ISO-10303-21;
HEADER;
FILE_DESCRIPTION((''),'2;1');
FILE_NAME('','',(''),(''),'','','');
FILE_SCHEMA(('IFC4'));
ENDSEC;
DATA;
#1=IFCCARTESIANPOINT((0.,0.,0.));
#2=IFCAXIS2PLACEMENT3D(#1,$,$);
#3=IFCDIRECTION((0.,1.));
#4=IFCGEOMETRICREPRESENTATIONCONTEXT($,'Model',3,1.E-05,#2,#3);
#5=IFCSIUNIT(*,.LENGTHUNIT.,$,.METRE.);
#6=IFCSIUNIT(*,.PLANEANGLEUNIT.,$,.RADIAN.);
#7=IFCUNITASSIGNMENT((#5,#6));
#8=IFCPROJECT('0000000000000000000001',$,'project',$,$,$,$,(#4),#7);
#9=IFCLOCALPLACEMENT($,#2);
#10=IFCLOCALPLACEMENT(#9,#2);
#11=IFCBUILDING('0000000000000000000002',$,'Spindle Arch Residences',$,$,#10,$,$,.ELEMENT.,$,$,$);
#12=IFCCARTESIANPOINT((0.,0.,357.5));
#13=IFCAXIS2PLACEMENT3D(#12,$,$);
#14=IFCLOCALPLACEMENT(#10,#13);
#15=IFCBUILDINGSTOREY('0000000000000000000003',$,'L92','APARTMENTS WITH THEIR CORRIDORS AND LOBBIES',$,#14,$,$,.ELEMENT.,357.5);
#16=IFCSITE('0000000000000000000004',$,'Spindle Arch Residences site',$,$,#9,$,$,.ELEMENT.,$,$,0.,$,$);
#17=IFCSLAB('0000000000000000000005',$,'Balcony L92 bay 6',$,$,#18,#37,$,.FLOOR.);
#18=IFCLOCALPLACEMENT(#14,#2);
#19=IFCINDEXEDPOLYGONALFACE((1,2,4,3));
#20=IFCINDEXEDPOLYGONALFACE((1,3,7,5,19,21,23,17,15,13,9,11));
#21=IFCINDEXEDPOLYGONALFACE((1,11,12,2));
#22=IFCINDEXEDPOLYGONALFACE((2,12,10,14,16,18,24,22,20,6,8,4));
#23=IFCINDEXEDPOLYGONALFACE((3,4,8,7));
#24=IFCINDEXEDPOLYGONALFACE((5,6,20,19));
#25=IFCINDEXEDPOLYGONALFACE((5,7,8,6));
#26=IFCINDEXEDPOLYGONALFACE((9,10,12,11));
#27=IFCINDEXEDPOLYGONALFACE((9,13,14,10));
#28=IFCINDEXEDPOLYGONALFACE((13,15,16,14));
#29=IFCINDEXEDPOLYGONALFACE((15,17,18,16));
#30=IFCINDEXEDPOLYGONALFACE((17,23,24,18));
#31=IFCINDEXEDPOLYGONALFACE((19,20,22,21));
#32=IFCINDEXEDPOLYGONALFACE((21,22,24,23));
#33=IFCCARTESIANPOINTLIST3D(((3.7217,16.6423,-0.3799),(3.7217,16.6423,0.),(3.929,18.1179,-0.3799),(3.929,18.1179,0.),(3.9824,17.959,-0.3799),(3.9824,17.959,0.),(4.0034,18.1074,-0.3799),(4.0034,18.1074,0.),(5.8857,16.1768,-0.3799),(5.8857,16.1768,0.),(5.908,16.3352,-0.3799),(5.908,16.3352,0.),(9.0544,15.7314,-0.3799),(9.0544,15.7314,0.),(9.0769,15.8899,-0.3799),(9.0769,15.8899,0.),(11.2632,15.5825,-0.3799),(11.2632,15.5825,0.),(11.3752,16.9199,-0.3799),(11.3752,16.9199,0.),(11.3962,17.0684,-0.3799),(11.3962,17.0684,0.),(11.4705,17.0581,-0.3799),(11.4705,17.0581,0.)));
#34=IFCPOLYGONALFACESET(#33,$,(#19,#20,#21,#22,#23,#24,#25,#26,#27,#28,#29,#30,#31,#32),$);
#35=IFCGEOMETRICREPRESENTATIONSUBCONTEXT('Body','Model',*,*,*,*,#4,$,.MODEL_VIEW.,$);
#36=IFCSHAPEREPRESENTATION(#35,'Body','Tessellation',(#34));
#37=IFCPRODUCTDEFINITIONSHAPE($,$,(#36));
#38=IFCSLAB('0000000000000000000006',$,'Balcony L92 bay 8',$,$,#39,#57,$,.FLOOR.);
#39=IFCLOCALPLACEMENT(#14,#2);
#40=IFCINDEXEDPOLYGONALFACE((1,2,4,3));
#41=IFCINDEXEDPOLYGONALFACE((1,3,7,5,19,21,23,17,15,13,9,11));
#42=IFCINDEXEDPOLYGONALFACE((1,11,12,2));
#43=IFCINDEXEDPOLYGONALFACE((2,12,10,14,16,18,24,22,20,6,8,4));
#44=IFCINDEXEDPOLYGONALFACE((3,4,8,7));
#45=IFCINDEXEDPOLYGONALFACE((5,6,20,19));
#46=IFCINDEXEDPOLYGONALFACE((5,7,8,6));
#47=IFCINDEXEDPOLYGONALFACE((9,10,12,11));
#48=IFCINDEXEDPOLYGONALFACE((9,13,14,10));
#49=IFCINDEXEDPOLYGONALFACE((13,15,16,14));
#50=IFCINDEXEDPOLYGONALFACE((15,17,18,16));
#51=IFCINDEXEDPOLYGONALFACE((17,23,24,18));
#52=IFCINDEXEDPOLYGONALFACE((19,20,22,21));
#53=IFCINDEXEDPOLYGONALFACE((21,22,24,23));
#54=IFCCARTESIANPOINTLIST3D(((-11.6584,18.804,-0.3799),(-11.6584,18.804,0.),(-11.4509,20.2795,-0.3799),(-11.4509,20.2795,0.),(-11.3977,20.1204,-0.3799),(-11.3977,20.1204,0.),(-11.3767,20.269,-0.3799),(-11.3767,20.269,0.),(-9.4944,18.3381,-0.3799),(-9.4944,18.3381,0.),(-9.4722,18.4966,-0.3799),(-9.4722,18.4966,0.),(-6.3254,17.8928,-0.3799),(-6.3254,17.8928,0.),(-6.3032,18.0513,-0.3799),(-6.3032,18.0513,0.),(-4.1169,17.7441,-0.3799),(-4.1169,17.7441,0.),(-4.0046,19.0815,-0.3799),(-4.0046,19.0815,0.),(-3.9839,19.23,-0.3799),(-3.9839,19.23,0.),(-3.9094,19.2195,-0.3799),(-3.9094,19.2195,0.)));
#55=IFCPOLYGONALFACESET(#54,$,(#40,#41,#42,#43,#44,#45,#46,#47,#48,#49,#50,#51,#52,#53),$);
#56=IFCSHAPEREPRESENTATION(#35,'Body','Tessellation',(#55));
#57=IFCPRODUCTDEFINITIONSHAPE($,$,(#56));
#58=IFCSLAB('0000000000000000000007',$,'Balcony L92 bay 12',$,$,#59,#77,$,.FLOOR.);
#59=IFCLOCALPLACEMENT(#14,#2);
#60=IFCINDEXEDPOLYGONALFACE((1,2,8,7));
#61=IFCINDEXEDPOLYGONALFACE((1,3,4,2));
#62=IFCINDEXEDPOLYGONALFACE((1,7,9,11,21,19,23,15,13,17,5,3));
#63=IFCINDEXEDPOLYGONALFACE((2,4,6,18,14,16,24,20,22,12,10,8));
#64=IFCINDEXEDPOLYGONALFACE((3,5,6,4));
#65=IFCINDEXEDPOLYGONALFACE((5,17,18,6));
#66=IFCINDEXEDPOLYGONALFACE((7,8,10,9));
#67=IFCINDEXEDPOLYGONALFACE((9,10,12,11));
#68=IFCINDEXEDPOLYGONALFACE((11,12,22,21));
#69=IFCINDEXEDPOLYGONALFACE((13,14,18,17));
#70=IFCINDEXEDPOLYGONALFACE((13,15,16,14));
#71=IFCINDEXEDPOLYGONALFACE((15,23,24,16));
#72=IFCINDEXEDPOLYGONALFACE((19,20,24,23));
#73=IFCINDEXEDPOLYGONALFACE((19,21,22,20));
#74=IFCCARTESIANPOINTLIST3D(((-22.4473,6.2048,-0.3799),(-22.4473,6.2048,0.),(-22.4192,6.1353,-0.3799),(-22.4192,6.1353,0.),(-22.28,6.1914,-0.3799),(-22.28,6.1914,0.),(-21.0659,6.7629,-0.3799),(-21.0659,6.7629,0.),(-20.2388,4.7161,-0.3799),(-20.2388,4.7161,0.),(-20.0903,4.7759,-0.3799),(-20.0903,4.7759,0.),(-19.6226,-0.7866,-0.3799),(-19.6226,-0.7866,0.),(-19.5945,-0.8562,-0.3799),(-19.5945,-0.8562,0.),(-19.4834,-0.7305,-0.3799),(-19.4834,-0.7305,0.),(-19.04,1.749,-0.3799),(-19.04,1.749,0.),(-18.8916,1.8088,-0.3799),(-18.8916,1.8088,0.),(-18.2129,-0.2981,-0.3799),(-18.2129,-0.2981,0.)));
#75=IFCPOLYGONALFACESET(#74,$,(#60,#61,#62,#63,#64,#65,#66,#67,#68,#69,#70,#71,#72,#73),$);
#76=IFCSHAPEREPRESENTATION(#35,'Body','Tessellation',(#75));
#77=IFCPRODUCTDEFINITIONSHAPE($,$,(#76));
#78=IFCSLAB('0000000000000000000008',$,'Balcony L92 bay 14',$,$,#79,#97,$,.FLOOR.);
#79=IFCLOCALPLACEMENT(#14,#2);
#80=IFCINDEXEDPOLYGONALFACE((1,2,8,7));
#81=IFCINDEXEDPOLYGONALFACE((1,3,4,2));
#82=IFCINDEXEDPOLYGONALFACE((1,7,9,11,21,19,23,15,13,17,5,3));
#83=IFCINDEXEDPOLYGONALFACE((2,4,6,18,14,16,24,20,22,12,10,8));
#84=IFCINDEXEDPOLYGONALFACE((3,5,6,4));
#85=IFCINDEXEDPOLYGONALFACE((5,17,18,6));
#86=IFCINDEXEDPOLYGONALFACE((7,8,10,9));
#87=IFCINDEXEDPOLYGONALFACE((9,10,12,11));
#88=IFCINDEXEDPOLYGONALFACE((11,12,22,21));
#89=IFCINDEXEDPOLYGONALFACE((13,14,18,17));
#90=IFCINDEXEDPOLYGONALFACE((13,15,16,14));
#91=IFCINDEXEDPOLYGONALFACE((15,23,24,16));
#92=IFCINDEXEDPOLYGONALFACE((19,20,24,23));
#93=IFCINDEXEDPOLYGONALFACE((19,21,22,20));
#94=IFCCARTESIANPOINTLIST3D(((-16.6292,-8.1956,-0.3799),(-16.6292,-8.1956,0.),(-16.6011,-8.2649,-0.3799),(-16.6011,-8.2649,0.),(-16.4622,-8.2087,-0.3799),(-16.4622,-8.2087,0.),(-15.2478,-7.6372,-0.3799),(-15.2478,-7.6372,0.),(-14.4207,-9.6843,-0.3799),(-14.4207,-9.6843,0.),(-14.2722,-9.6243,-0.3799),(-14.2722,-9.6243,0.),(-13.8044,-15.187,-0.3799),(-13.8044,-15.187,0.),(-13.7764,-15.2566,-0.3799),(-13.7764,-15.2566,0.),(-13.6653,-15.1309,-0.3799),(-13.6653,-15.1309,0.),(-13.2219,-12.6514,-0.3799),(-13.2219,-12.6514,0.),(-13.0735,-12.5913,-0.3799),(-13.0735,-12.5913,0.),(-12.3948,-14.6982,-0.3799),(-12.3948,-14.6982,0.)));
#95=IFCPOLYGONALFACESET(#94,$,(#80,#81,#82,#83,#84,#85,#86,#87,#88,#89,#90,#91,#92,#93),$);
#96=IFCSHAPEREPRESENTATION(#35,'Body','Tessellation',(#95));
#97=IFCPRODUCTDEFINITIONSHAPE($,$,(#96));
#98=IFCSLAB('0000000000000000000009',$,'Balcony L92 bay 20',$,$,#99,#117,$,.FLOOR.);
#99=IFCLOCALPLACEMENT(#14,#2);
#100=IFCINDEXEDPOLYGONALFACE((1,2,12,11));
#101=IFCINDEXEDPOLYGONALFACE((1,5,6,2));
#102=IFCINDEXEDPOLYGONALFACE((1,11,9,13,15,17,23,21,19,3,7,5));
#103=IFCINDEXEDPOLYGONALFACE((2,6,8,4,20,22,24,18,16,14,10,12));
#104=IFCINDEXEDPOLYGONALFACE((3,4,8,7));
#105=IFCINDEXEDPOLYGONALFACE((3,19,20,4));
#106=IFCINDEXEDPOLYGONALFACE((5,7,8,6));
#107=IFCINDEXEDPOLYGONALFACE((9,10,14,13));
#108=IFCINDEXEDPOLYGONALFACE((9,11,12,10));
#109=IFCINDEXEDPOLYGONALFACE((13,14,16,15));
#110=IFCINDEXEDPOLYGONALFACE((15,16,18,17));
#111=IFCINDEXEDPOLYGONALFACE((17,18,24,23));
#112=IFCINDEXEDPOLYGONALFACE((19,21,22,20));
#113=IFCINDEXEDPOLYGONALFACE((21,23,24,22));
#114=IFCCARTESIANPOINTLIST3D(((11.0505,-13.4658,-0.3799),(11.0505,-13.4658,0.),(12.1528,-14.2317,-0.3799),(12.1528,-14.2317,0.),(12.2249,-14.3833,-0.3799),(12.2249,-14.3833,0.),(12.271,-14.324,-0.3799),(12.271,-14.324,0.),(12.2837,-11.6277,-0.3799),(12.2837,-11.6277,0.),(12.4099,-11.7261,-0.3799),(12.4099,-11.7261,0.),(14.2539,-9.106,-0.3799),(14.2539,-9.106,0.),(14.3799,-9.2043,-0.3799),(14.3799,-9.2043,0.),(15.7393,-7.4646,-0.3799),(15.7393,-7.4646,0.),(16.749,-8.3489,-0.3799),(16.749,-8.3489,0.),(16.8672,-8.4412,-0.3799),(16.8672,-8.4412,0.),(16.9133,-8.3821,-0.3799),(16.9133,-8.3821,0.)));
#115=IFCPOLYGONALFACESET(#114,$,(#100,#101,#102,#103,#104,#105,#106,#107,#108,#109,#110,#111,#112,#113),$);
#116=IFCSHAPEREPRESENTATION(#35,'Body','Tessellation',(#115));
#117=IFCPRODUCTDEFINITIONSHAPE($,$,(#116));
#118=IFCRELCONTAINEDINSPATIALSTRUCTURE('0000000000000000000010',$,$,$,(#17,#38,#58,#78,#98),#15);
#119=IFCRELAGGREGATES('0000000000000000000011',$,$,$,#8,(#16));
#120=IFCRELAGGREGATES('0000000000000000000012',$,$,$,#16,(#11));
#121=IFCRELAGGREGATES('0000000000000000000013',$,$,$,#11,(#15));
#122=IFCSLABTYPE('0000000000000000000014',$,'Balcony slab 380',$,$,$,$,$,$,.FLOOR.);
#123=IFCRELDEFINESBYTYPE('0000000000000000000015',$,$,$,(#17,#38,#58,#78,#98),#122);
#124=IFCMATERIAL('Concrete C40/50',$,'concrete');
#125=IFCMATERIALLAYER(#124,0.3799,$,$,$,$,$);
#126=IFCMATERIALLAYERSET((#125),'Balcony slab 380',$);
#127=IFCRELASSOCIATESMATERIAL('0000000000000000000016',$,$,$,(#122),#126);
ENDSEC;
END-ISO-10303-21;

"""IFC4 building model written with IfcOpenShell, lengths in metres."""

from ifc_helpers import new_model, si_unit, direction, frame, origin, place, context, subcontext, project, spatial, polyline, outline, extrude, material, layer, layer_set, type_object, element, save


model = new_model("IFC4")

# Units and contexts
model_context = context("Model", 3, precision=1e-05, world=origin(), true_north=direction((0.0, 1.0)))
body_context = subcontext(model_context, "Body", "Model", "MODEL_VIEW")
ifc_project = project(units=[si_unit("LENGTHUNIT", "METRE"), si_unit("PLANEANGLEUNIT", "RADIAN")], contexts=[model_context])

# Site, building, storey
site_placement = place(None, origin())
site = spatial("IfcSite", under=ifc_project, at=site_placement, Name="Spindle Arch Residences site", CompositionType="ELEMENT", RefElevation=0.0)
building_placement = place(site_placement, origin())
building = spatial("IfcBuilding", under=site, at=building_placement, Name="Spindle Arch Residences", CompositionType="ELEMENT")
storey_placement = place(building_placement, frame((0.0, 0.0, 357.5)))
storey = spatial("IfcBuildingStorey", under=building, at=storey_placement, Name="L92", Description="APARTMENTS WITH THEIR CORRIDORS AND LOBBIES", CompositionType="ELEMENT", Elevation=357.5)

# Slabs
ifc_material_1 = material(Name="Concrete C40/50", Category="concrete")
ifc_layer_1 = layer(ifc_material_1, 0.3799)
ifc_layer_set_1 = layer_set([ifc_layer_1], Name="Balcony slab 380")
slab_type_1 = type_object("IfcSlabType", Name="Balcony slab 380", PredefinedType="FLOOR", material=ifc_layer_set_1)
slab_1_placement = place(storey_placement, frame((0.0, 0.0, -0.3799)))
element("IfcSlab", 1, at=slab_1_placement, inside=storey, type_object=slab_type_1, Name="Balcony L92 bay 6", PredefinedType="FLOOR", context=body_context, shape_type="SweptSolid", body=[
    extrude(outline(polyline([(11.4705, 17.0581), (11.3962, 17.0684), (11.3752, 16.9199), (3.9824, 17.959), (4.0034, 18.1074), (3.929, 18.1179), (3.7217, 16.6423), (5.908, 16.3352), (5.8857, 16.1768), (9.0544, 15.7314), (9.0769, 15.8899), (11.2632, 15.5825), (11.4705, 17.0581)])), origin(), (0.0, 0.0, 1.0), 0.3799),
])
slab_2_placement = place(storey_placement, frame((0.0, 0.0, -0.3799)))
element("IfcSlab", 2, at=slab_2_placement, inside=storey, type_object=slab_type_1, Name="Balcony L92 bay 8", PredefinedType="FLOOR", context=body_context, shape_type="SweptSolid", body=[
    extrude(outline(polyline([(-3.9094, 19.2195), (-3.9839, 19.23), (-4.0046, 19.0815), (-11.3977, 20.1204), (-11.3767, 20.269), (-11.4509, 20.2795), (-11.6584, 18.804), (-9.4722, 18.4966), (-9.4944, 18.3381), (-6.3254, 17.8928), (-6.3032, 18.0513), (-4.1169, 17.7441), (-3.9094, 19.2195)])), origin(), (0.0, 0.0, 1.0), 0.3799),
])
slab_3_placement = place(storey_placement, frame((0.0, 0.0, -0.3799)))
element("IfcSlab", 3, at=slab_3_placement, inside=storey, type_object=slab_type_1, Name="Balcony L92 bay 12", PredefinedType="FLOOR", context=body_context, shape_type="SweptSolid", body=[
    extrude(outline(polyline([(-22.4473, 6.2048), (-22.4192, 6.1353), (-22.28, 6.1914), (-19.4834, -0.7305), (-19.6226, -0.7866), (-19.5945, -0.8562), (-18.2129, -0.2981), (-19.04, 1.749), (-18.8916, 1.8088), (-20.0903, 4.7759), (-20.2388, 4.7161), (-21.0659, 6.7629), (-22.4473, 6.2048)])), origin(), (0.0, 0.0, 1.0), 0.3799),
])
slab_4_placement = place(storey_placement, frame((0.0, 0.0, -0.3799)))
element("IfcSlab", 4, at=slab_4_placement, inside=storey, type_object=slab_type_1, Name="Balcony L92 bay 14", PredefinedType="FLOOR", context=body_context, shape_type="SweptSolid", body=[
    extrude(outline(polyline([(-16.6292, -8.1956), (-16.6011, -8.2649), (-16.4622, -8.2087), (-13.6653, -15.1309), (-13.8044, -15.187), (-13.7764, -15.2566), (-12.3948, -14.6982), (-13.2219, -12.6514), (-13.0735, -12.5913), (-14.2722, -9.6243), (-14.4207, -9.6843), (-15.2478, -7.6372), (-16.6292, -8.1956)])), origin(), (0.0, 0.0, 1.0), 0.3799),
])
slab_5_placement = place(storey_placement, frame((0.0, 0.0, -0.3799)))
element("IfcSlab", 5, at=slab_5_placement, inside=storey, type_object=slab_type_1, Name="Balcony L92 bay 20", PredefinedType="FLOOR", context=body_context, shape_type="SweptSolid", body=[
    extrude(outline(polyline([(12.2249, -14.3833), (12.271, -14.324), (12.1528, -14.2317), (16.749, -8.3489), (16.8672, -8.4412), (16.9133, -8.3821), (15.7393, -7.4646), (14.3799, -9.2043), (14.2539, -9.106), (12.2837, -11.6277), (12.4099, -11.7261), (11.0505, -13.4658), (12.2249, -14.3833)])), origin(), (0.0, 0.0, 1.0), 0.3799),
])

save(model, "model.ifc")
